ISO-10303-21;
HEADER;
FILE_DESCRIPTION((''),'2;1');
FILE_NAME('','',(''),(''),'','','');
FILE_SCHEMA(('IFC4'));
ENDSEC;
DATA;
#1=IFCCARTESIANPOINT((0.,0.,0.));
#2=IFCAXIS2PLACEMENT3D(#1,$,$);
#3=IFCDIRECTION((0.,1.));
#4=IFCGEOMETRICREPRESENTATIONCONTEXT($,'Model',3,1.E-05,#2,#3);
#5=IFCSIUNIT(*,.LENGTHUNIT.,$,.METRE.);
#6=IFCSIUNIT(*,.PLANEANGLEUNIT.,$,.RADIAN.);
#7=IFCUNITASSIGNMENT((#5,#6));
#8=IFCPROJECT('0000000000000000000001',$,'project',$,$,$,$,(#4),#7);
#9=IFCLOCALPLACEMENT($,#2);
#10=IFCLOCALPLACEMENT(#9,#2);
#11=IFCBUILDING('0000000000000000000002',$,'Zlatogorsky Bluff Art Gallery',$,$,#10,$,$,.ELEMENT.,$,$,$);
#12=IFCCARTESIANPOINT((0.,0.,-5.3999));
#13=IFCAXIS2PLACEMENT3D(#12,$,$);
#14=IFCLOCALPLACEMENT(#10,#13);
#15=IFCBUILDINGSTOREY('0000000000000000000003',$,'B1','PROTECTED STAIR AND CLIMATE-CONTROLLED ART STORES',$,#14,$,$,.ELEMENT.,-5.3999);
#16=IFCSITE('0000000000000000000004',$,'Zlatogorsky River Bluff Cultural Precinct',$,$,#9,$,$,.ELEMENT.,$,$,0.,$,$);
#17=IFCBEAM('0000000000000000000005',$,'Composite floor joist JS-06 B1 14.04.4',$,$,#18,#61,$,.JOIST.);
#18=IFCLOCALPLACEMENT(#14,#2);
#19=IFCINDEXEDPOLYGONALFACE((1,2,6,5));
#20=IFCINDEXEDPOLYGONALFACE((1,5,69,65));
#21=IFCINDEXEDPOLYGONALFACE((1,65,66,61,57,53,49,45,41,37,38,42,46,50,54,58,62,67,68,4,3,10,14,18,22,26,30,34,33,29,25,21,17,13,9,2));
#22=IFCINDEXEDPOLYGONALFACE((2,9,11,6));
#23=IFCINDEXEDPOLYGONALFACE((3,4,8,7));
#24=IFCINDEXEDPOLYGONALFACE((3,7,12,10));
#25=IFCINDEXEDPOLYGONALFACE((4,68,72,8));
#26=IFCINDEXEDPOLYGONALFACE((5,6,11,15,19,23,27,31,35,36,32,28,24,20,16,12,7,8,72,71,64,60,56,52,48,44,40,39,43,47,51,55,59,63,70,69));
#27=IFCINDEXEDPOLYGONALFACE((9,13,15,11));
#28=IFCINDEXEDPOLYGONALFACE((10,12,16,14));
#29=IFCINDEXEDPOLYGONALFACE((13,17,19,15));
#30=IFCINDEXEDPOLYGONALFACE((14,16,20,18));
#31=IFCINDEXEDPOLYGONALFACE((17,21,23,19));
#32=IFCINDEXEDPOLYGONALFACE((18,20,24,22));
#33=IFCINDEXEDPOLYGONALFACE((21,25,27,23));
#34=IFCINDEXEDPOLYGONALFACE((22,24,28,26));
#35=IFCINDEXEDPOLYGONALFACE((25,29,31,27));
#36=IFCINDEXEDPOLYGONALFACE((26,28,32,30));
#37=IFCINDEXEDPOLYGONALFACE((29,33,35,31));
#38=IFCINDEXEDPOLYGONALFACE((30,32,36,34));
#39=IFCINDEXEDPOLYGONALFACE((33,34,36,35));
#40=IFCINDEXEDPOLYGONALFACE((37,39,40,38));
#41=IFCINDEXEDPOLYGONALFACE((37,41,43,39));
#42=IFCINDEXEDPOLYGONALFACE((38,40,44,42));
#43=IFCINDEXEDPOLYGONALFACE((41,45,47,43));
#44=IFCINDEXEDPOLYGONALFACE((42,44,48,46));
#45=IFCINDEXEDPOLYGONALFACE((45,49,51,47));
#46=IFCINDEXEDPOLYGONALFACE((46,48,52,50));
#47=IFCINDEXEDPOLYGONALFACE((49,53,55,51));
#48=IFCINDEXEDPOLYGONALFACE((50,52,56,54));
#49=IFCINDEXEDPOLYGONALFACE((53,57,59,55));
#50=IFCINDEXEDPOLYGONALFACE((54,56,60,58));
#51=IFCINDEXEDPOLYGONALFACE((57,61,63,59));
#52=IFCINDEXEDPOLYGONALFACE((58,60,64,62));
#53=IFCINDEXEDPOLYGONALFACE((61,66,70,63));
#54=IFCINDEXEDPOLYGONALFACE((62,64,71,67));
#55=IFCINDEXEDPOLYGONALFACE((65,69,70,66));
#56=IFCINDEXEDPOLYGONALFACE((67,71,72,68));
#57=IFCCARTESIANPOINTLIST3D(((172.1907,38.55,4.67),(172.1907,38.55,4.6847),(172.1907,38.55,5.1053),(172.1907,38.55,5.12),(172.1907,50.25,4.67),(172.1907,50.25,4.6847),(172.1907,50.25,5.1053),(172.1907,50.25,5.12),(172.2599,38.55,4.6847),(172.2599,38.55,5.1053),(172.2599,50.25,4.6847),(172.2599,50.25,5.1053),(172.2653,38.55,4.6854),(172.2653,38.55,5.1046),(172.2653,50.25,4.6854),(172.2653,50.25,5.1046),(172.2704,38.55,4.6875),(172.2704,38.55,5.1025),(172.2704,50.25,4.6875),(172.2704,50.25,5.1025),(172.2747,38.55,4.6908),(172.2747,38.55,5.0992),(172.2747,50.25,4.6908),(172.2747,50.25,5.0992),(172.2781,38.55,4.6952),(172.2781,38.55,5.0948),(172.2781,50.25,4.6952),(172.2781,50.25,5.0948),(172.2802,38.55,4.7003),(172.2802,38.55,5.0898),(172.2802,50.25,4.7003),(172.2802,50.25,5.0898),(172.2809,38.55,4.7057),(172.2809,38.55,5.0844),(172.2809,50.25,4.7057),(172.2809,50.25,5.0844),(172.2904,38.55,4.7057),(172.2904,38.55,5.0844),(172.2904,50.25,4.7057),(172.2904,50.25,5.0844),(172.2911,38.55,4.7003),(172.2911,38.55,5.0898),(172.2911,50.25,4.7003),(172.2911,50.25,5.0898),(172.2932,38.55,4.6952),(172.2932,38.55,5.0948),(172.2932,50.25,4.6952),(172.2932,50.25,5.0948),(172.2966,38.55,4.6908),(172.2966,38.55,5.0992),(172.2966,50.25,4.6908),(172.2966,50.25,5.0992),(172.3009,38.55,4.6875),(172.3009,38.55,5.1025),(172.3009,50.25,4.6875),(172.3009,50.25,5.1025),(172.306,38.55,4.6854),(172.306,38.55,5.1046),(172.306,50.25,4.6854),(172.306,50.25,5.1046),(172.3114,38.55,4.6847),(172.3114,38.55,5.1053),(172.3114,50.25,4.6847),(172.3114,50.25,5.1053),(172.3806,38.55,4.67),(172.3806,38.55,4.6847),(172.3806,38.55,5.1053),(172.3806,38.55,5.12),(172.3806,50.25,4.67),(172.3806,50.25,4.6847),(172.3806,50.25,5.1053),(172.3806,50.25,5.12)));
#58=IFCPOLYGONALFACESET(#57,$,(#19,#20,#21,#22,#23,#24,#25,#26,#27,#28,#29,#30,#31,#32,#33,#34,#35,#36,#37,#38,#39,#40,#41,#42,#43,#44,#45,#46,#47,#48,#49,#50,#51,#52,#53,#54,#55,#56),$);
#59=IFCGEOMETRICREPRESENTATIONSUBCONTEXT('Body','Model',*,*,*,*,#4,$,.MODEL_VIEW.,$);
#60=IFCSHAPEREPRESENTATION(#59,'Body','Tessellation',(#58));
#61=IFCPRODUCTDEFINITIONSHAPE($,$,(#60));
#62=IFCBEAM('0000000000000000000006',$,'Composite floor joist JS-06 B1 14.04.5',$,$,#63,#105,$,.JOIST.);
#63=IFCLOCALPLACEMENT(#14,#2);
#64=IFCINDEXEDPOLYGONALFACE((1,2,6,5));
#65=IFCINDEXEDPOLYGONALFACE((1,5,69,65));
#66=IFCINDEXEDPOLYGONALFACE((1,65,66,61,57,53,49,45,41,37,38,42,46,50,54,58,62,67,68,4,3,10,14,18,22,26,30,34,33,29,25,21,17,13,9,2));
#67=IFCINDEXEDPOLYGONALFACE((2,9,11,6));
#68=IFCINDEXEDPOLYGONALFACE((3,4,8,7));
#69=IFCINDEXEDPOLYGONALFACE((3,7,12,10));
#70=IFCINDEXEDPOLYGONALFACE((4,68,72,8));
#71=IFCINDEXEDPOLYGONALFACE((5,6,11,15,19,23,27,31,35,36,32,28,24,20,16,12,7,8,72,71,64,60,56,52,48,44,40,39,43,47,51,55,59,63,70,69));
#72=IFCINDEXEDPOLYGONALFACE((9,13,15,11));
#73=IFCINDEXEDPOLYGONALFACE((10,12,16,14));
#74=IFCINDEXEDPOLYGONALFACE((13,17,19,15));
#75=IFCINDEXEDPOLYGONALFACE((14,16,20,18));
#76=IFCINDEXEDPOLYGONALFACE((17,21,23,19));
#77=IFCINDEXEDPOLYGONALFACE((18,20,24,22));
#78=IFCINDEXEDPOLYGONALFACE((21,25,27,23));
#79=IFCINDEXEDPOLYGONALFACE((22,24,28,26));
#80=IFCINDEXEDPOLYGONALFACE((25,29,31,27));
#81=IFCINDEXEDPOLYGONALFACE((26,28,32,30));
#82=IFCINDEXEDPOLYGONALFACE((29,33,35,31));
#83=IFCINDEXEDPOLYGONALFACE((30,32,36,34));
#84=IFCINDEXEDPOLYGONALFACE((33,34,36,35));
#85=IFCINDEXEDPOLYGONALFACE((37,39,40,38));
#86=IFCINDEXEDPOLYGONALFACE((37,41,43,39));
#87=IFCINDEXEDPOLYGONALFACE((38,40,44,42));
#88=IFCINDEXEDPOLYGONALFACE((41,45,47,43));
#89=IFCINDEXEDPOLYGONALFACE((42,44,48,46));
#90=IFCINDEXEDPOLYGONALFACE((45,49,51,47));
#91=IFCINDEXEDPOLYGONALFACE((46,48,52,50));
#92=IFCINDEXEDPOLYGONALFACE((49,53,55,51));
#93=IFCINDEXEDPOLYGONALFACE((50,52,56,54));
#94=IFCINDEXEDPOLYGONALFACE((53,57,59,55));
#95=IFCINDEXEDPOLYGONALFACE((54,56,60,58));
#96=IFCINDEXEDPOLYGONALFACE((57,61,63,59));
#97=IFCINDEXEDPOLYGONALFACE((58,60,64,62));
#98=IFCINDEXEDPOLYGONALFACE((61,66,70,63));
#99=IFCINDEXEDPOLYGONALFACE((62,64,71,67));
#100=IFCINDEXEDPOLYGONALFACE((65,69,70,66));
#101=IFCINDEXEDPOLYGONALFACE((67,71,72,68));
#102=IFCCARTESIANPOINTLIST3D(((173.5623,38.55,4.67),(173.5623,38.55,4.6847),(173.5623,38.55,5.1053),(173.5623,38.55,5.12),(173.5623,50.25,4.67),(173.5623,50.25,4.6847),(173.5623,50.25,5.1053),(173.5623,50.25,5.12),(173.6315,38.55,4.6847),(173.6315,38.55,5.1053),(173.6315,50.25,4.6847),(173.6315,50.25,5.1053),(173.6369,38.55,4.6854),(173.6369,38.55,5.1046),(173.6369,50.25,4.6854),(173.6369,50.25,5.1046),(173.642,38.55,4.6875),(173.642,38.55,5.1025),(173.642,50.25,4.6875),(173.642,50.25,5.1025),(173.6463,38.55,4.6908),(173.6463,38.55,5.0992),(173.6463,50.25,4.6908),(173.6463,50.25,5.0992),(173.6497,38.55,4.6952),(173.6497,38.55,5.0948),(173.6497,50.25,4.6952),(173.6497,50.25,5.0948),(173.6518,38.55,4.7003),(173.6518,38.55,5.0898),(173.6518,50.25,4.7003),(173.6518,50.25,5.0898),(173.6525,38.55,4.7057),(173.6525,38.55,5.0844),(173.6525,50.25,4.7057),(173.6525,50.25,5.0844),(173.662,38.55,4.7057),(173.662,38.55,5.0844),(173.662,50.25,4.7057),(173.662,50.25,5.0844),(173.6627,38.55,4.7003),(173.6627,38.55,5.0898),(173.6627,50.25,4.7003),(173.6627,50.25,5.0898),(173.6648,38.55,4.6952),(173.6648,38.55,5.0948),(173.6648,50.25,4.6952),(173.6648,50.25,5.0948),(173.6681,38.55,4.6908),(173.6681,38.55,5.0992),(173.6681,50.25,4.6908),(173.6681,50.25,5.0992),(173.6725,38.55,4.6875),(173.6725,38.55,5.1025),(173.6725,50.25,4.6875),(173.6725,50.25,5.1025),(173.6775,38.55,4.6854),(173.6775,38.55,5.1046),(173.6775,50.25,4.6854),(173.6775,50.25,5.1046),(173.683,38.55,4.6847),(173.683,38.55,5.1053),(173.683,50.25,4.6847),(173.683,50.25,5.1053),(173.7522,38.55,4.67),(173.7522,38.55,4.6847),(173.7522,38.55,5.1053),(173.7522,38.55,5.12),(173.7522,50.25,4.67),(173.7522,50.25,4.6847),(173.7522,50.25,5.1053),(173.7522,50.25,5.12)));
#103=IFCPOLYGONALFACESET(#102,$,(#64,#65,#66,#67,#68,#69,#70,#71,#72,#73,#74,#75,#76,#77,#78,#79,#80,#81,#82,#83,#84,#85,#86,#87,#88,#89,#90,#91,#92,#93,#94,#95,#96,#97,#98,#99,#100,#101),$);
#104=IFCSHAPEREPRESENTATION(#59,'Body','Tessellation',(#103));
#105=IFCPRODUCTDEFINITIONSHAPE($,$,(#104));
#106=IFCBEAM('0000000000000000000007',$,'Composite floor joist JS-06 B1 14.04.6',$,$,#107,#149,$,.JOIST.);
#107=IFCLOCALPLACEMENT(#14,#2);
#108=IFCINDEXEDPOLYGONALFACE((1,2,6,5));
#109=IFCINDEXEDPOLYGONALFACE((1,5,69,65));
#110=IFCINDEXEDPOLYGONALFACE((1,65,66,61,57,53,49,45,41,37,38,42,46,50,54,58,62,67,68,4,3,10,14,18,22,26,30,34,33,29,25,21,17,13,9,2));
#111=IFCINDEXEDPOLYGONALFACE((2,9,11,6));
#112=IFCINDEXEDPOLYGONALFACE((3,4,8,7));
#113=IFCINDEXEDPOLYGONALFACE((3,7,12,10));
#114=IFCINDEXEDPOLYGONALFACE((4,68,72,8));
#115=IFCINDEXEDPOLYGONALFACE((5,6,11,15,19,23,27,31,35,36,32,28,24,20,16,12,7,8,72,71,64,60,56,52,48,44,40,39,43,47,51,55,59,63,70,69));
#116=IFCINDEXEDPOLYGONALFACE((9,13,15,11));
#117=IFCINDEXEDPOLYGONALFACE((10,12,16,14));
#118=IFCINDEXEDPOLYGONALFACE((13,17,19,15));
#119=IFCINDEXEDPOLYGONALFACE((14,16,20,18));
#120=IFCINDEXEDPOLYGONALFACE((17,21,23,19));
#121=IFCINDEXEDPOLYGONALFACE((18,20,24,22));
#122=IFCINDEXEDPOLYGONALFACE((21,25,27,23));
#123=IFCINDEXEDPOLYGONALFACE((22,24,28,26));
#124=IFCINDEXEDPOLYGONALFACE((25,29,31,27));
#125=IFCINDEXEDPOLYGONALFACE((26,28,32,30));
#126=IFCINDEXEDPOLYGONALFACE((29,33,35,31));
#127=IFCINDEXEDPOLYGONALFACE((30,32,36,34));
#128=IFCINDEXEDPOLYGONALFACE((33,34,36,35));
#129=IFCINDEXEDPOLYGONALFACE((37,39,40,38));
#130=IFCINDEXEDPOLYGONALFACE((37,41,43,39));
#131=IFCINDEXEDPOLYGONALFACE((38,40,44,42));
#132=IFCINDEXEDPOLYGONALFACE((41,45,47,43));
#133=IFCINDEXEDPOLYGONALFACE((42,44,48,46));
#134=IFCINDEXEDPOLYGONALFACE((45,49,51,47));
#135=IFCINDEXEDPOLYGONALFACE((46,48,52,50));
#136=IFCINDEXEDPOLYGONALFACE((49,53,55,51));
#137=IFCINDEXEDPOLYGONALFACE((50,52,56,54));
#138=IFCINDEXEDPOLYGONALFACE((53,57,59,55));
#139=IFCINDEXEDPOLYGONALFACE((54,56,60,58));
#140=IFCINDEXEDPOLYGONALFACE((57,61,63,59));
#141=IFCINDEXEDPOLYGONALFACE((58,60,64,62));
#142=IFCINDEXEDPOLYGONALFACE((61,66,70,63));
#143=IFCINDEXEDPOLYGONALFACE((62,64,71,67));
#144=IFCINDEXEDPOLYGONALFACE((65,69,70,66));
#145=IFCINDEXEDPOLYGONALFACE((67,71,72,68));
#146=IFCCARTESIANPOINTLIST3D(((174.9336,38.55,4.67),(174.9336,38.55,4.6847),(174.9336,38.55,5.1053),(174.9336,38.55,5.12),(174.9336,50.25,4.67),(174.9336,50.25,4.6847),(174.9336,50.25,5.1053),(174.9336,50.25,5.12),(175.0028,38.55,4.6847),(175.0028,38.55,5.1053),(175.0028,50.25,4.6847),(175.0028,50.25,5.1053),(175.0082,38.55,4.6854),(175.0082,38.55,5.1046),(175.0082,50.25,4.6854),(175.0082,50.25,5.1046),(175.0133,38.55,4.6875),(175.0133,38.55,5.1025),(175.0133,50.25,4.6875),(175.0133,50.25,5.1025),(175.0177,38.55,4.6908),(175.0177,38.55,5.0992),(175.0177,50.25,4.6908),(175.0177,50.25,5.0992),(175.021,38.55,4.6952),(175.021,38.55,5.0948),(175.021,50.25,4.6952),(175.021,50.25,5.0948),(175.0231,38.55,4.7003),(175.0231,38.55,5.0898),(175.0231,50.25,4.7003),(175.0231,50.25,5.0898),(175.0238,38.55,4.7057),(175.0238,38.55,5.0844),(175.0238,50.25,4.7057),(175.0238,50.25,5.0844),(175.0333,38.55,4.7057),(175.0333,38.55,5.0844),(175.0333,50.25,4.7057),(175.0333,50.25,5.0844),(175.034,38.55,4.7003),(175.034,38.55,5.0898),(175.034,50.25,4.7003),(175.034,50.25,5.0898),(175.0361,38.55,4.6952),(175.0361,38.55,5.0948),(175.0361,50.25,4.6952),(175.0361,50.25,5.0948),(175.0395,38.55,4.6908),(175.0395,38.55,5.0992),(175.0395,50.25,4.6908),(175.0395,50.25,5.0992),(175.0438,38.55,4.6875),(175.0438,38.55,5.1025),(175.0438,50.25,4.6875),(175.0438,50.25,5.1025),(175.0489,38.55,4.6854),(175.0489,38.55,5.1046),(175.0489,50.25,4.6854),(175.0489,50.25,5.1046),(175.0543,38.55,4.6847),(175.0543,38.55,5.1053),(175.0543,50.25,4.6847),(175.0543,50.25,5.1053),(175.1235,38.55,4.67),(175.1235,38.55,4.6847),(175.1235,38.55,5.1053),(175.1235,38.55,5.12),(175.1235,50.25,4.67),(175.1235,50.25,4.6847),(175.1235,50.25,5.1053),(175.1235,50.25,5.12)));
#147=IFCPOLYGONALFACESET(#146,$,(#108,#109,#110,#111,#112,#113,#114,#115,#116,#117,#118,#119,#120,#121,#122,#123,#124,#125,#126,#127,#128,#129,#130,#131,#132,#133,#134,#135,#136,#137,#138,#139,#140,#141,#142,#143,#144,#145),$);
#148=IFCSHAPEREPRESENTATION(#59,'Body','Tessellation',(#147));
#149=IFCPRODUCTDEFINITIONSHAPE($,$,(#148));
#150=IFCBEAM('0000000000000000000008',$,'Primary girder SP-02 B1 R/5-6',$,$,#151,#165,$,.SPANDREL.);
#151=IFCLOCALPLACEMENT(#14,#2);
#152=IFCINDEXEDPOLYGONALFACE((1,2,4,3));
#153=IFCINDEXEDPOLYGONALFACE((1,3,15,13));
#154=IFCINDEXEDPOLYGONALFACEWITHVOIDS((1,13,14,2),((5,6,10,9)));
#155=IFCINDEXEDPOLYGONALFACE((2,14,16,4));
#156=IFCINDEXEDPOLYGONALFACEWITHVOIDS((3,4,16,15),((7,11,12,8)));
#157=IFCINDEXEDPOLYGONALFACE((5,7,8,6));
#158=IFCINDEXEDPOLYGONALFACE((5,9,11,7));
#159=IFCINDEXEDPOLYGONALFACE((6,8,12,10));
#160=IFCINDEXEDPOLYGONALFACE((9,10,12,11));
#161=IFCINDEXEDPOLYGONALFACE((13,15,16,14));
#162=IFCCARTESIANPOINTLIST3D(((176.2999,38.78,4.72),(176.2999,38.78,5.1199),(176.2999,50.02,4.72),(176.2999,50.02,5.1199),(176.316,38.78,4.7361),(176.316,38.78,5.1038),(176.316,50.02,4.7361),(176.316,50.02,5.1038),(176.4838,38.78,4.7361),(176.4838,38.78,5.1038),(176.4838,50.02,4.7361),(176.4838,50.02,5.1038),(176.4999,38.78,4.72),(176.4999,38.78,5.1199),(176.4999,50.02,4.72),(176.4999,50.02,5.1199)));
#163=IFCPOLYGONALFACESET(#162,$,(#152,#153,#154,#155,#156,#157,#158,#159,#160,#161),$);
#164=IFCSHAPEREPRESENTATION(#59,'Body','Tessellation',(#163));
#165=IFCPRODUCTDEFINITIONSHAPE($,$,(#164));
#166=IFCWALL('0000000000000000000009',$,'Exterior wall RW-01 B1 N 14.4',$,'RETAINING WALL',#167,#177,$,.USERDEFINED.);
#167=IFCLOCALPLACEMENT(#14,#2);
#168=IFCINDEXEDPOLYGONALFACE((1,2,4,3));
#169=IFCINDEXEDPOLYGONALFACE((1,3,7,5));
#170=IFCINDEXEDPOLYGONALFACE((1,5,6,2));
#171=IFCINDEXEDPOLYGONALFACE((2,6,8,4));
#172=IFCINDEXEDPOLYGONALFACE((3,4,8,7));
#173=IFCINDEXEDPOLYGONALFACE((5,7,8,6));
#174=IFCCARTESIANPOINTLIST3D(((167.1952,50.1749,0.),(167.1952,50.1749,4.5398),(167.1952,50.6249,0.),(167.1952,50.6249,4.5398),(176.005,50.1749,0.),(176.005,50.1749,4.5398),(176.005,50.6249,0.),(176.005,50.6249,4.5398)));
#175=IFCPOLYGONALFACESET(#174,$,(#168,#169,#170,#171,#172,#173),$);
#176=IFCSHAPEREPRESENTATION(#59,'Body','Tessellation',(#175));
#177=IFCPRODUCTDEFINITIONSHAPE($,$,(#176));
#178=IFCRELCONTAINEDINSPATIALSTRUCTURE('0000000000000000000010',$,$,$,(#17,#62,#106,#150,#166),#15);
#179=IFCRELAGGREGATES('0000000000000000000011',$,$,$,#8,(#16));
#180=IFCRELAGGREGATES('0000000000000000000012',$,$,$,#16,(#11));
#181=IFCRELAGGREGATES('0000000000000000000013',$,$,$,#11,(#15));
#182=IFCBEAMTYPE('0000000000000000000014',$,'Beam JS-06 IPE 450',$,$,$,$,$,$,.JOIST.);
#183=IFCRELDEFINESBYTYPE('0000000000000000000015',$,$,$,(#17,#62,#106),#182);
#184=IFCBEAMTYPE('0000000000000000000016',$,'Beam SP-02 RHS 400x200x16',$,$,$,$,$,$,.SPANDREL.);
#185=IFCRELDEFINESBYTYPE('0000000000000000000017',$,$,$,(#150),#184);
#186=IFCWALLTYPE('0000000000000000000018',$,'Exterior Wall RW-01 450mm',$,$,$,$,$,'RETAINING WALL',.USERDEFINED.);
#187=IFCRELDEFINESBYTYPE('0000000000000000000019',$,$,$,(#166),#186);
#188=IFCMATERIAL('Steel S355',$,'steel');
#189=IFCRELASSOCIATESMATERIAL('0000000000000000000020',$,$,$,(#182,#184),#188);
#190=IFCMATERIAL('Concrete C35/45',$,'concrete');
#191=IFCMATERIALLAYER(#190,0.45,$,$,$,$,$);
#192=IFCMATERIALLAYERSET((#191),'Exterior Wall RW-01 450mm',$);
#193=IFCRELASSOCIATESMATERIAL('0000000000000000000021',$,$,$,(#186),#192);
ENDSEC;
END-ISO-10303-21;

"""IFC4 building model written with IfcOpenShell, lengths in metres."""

from ifc_helpers import new_model, si_unit, direction, frame, frame_2d, origin, origin_2d, place, context, subcontext, project, spatial, rectangle, hollow_rectangle, i_section, extrude, material, layer, layer_set, material_profile, profile_set, type_object, element, save


model = new_model("IFC4")

# Units and contexts
model_context = context("Model", 3, precision=1e-05, world=origin(), true_north=direction((0.0, 1.0)))
body_context = subcontext(model_context, "Body", "Model", "MODEL_VIEW")
ifc_project = project(units=[si_unit("LENGTHUNIT", "METRE"), si_unit("PLANEANGLEUNIT", "RADIAN")], contexts=[model_context])

# Site, building, storey
site_placement = place(None, origin())
site = spatial("IfcSite", under=ifc_project, at=site_placement, Name="Zlatogorsky River Bluff Cultural Precinct", CompositionType="ELEMENT", RefElevation=0.0)
building_placement = place(site_placement, origin())
building = spatial("IfcBuilding", under=site, at=building_placement, Name="Zlatogorsky Bluff Art Gallery", CompositionType="ELEMENT")
storey_placement = place(building_placement, frame((0.0, 0.0, -5.3999)))
storey = spatial("IfcBuildingStorey", under=building, at=storey_placement, Name="B1", Description="PROTECTED STAIR AND CLIMATE-CONTROLLED ART STORES", CompositionType="ELEMENT", Elevation=-5.3999)

# Shared definitions
ifc_material_1 = material(Name="Concrete C35/45", Category="concrete")

# Beams
ifc_material_2 = material(Name="Steel S355", Category="steel")
ifc_material_profile_1 = material_profile(ifc_material_2, i_section(OverallWidth=0.1899, OverallDepth=0.45, WebThickness=0.0095, FlangeThickness=0.0146, FilletRadius=0.021, at=origin_2d()), Name="IPE 450")
ifc_profile_set_1 = profile_set([ifc_material_profile_1], Name="Steel S355")
beam_type_1 = type_object("IfcBeamType", Name="Beam JS-06 IPE 450", PredefinedType="JOIST", material=ifc_profile_set_1)
for number, where, z_axis, x_axis, name in (
    (1, (172.2856, 38.55, 4.895), (0.0, 1.0, 0.0), (-1.0, 0.0, 0.0), "Composite floor joist JS-06 B1 14.04.4"),
    (2, (173.6572, 38.55, 4.895), (0.0, 1.0, 0.0), (-1.0, 0.0, 0.0), "Composite floor joist JS-06 B1 14.04.5"),
    (3, (175.0286, 38.55, 4.895), (0.0, 1.0, 0.0), (-1.0, 0.0, 0.0), "Composite floor joist JS-06 B1 14.04.6"),
):
    element("IfcBeam", number, at=place(storey_placement, frame(where, z_axis=z_axis, x_axis=x_axis)), inside=storey, type_object=beam_type_1, Name=name, PredefinedType="JOIST", context=body_context, shape_type="SweptSolid", body=[
        extrude(i_section(OverallWidth=0.1899, OverallDepth=0.45, WebThickness=0.0095, FlangeThickness=0.0146, FilletRadius=0.021, at=origin_2d()), origin(), (0.0, 0.0, 1.0), 11.7),
    ])
ifc_material_profile_2 = material_profile(ifc_material_2, hollow_rectangle(XDim=0.2, YDim=0.3999, WallThickness=0.0161, at=origin_2d()), Name="RHS 400x200x16")
ifc_profile_set_2 = profile_set([ifc_material_profile_2], Name="Steel S355")
beam_type_2 = type_object("IfcBeamType", Name="Beam SP-02 RHS 400x200x16", PredefinedType="SPANDREL", material=ifc_profile_set_2)
beam_1_placement = place(storey_placement, frame((176.3999, 38.78, 4.9199), z_axis=(0.0, 1.0, 0.0), x_axis=(-1.0, 0.0, 0.0)))
element("IfcBeam", 4, at=beam_1_placement, inside=storey, type_object=beam_type_2, Name="Primary girder SP-02 B1 R/5-6", PredefinedType="SPANDREL", context=body_context, shape_type="SweptSolid", body=[
    extrude(hollow_rectangle(XDim=0.2, YDim=0.3999, WallThickness=0.0161, at=origin_2d()), origin(), (0.0, 0.0, 1.0), 11.24),
])

# Wall
ifc_layer_1 = layer(ifc_material_1, 0.45)
ifc_layer_set_1 = layer_set([ifc_layer_1], Name="Exterior Wall RW-01 450mm")
wall_type_1 = type_object("IfcWallType", Name="Exterior Wall RW-01 450mm", ElementType="RETAINING WALL", PredefinedType="USERDEFINED", material=ifc_layer_set_1)
wall_1_placement = place(storey_placement, frame((176.0049, 50.3999, 0.0), z_axis=(0.0, 0.0, 1.0), x_axis=(-1.0, 0.0, 0.0)))
element("IfcWall", 5, at=wall_1_placement, inside=storey, type_object=wall_type_1, Name="Exterior wall RW-01 B1 N 14.4", ObjectType="RETAINING WALL", PredefinedType="USERDEFINED", context=body_context, shape_type="SweptSolid", body=[
    extrude(rectangle(XDim=8.8098, YDim=0.45, at=frame_2d((4.4048, 0.0))), origin(), (0.0, 0.0, 1.0), 4.5398),
])

save(model, "model.ifc")
